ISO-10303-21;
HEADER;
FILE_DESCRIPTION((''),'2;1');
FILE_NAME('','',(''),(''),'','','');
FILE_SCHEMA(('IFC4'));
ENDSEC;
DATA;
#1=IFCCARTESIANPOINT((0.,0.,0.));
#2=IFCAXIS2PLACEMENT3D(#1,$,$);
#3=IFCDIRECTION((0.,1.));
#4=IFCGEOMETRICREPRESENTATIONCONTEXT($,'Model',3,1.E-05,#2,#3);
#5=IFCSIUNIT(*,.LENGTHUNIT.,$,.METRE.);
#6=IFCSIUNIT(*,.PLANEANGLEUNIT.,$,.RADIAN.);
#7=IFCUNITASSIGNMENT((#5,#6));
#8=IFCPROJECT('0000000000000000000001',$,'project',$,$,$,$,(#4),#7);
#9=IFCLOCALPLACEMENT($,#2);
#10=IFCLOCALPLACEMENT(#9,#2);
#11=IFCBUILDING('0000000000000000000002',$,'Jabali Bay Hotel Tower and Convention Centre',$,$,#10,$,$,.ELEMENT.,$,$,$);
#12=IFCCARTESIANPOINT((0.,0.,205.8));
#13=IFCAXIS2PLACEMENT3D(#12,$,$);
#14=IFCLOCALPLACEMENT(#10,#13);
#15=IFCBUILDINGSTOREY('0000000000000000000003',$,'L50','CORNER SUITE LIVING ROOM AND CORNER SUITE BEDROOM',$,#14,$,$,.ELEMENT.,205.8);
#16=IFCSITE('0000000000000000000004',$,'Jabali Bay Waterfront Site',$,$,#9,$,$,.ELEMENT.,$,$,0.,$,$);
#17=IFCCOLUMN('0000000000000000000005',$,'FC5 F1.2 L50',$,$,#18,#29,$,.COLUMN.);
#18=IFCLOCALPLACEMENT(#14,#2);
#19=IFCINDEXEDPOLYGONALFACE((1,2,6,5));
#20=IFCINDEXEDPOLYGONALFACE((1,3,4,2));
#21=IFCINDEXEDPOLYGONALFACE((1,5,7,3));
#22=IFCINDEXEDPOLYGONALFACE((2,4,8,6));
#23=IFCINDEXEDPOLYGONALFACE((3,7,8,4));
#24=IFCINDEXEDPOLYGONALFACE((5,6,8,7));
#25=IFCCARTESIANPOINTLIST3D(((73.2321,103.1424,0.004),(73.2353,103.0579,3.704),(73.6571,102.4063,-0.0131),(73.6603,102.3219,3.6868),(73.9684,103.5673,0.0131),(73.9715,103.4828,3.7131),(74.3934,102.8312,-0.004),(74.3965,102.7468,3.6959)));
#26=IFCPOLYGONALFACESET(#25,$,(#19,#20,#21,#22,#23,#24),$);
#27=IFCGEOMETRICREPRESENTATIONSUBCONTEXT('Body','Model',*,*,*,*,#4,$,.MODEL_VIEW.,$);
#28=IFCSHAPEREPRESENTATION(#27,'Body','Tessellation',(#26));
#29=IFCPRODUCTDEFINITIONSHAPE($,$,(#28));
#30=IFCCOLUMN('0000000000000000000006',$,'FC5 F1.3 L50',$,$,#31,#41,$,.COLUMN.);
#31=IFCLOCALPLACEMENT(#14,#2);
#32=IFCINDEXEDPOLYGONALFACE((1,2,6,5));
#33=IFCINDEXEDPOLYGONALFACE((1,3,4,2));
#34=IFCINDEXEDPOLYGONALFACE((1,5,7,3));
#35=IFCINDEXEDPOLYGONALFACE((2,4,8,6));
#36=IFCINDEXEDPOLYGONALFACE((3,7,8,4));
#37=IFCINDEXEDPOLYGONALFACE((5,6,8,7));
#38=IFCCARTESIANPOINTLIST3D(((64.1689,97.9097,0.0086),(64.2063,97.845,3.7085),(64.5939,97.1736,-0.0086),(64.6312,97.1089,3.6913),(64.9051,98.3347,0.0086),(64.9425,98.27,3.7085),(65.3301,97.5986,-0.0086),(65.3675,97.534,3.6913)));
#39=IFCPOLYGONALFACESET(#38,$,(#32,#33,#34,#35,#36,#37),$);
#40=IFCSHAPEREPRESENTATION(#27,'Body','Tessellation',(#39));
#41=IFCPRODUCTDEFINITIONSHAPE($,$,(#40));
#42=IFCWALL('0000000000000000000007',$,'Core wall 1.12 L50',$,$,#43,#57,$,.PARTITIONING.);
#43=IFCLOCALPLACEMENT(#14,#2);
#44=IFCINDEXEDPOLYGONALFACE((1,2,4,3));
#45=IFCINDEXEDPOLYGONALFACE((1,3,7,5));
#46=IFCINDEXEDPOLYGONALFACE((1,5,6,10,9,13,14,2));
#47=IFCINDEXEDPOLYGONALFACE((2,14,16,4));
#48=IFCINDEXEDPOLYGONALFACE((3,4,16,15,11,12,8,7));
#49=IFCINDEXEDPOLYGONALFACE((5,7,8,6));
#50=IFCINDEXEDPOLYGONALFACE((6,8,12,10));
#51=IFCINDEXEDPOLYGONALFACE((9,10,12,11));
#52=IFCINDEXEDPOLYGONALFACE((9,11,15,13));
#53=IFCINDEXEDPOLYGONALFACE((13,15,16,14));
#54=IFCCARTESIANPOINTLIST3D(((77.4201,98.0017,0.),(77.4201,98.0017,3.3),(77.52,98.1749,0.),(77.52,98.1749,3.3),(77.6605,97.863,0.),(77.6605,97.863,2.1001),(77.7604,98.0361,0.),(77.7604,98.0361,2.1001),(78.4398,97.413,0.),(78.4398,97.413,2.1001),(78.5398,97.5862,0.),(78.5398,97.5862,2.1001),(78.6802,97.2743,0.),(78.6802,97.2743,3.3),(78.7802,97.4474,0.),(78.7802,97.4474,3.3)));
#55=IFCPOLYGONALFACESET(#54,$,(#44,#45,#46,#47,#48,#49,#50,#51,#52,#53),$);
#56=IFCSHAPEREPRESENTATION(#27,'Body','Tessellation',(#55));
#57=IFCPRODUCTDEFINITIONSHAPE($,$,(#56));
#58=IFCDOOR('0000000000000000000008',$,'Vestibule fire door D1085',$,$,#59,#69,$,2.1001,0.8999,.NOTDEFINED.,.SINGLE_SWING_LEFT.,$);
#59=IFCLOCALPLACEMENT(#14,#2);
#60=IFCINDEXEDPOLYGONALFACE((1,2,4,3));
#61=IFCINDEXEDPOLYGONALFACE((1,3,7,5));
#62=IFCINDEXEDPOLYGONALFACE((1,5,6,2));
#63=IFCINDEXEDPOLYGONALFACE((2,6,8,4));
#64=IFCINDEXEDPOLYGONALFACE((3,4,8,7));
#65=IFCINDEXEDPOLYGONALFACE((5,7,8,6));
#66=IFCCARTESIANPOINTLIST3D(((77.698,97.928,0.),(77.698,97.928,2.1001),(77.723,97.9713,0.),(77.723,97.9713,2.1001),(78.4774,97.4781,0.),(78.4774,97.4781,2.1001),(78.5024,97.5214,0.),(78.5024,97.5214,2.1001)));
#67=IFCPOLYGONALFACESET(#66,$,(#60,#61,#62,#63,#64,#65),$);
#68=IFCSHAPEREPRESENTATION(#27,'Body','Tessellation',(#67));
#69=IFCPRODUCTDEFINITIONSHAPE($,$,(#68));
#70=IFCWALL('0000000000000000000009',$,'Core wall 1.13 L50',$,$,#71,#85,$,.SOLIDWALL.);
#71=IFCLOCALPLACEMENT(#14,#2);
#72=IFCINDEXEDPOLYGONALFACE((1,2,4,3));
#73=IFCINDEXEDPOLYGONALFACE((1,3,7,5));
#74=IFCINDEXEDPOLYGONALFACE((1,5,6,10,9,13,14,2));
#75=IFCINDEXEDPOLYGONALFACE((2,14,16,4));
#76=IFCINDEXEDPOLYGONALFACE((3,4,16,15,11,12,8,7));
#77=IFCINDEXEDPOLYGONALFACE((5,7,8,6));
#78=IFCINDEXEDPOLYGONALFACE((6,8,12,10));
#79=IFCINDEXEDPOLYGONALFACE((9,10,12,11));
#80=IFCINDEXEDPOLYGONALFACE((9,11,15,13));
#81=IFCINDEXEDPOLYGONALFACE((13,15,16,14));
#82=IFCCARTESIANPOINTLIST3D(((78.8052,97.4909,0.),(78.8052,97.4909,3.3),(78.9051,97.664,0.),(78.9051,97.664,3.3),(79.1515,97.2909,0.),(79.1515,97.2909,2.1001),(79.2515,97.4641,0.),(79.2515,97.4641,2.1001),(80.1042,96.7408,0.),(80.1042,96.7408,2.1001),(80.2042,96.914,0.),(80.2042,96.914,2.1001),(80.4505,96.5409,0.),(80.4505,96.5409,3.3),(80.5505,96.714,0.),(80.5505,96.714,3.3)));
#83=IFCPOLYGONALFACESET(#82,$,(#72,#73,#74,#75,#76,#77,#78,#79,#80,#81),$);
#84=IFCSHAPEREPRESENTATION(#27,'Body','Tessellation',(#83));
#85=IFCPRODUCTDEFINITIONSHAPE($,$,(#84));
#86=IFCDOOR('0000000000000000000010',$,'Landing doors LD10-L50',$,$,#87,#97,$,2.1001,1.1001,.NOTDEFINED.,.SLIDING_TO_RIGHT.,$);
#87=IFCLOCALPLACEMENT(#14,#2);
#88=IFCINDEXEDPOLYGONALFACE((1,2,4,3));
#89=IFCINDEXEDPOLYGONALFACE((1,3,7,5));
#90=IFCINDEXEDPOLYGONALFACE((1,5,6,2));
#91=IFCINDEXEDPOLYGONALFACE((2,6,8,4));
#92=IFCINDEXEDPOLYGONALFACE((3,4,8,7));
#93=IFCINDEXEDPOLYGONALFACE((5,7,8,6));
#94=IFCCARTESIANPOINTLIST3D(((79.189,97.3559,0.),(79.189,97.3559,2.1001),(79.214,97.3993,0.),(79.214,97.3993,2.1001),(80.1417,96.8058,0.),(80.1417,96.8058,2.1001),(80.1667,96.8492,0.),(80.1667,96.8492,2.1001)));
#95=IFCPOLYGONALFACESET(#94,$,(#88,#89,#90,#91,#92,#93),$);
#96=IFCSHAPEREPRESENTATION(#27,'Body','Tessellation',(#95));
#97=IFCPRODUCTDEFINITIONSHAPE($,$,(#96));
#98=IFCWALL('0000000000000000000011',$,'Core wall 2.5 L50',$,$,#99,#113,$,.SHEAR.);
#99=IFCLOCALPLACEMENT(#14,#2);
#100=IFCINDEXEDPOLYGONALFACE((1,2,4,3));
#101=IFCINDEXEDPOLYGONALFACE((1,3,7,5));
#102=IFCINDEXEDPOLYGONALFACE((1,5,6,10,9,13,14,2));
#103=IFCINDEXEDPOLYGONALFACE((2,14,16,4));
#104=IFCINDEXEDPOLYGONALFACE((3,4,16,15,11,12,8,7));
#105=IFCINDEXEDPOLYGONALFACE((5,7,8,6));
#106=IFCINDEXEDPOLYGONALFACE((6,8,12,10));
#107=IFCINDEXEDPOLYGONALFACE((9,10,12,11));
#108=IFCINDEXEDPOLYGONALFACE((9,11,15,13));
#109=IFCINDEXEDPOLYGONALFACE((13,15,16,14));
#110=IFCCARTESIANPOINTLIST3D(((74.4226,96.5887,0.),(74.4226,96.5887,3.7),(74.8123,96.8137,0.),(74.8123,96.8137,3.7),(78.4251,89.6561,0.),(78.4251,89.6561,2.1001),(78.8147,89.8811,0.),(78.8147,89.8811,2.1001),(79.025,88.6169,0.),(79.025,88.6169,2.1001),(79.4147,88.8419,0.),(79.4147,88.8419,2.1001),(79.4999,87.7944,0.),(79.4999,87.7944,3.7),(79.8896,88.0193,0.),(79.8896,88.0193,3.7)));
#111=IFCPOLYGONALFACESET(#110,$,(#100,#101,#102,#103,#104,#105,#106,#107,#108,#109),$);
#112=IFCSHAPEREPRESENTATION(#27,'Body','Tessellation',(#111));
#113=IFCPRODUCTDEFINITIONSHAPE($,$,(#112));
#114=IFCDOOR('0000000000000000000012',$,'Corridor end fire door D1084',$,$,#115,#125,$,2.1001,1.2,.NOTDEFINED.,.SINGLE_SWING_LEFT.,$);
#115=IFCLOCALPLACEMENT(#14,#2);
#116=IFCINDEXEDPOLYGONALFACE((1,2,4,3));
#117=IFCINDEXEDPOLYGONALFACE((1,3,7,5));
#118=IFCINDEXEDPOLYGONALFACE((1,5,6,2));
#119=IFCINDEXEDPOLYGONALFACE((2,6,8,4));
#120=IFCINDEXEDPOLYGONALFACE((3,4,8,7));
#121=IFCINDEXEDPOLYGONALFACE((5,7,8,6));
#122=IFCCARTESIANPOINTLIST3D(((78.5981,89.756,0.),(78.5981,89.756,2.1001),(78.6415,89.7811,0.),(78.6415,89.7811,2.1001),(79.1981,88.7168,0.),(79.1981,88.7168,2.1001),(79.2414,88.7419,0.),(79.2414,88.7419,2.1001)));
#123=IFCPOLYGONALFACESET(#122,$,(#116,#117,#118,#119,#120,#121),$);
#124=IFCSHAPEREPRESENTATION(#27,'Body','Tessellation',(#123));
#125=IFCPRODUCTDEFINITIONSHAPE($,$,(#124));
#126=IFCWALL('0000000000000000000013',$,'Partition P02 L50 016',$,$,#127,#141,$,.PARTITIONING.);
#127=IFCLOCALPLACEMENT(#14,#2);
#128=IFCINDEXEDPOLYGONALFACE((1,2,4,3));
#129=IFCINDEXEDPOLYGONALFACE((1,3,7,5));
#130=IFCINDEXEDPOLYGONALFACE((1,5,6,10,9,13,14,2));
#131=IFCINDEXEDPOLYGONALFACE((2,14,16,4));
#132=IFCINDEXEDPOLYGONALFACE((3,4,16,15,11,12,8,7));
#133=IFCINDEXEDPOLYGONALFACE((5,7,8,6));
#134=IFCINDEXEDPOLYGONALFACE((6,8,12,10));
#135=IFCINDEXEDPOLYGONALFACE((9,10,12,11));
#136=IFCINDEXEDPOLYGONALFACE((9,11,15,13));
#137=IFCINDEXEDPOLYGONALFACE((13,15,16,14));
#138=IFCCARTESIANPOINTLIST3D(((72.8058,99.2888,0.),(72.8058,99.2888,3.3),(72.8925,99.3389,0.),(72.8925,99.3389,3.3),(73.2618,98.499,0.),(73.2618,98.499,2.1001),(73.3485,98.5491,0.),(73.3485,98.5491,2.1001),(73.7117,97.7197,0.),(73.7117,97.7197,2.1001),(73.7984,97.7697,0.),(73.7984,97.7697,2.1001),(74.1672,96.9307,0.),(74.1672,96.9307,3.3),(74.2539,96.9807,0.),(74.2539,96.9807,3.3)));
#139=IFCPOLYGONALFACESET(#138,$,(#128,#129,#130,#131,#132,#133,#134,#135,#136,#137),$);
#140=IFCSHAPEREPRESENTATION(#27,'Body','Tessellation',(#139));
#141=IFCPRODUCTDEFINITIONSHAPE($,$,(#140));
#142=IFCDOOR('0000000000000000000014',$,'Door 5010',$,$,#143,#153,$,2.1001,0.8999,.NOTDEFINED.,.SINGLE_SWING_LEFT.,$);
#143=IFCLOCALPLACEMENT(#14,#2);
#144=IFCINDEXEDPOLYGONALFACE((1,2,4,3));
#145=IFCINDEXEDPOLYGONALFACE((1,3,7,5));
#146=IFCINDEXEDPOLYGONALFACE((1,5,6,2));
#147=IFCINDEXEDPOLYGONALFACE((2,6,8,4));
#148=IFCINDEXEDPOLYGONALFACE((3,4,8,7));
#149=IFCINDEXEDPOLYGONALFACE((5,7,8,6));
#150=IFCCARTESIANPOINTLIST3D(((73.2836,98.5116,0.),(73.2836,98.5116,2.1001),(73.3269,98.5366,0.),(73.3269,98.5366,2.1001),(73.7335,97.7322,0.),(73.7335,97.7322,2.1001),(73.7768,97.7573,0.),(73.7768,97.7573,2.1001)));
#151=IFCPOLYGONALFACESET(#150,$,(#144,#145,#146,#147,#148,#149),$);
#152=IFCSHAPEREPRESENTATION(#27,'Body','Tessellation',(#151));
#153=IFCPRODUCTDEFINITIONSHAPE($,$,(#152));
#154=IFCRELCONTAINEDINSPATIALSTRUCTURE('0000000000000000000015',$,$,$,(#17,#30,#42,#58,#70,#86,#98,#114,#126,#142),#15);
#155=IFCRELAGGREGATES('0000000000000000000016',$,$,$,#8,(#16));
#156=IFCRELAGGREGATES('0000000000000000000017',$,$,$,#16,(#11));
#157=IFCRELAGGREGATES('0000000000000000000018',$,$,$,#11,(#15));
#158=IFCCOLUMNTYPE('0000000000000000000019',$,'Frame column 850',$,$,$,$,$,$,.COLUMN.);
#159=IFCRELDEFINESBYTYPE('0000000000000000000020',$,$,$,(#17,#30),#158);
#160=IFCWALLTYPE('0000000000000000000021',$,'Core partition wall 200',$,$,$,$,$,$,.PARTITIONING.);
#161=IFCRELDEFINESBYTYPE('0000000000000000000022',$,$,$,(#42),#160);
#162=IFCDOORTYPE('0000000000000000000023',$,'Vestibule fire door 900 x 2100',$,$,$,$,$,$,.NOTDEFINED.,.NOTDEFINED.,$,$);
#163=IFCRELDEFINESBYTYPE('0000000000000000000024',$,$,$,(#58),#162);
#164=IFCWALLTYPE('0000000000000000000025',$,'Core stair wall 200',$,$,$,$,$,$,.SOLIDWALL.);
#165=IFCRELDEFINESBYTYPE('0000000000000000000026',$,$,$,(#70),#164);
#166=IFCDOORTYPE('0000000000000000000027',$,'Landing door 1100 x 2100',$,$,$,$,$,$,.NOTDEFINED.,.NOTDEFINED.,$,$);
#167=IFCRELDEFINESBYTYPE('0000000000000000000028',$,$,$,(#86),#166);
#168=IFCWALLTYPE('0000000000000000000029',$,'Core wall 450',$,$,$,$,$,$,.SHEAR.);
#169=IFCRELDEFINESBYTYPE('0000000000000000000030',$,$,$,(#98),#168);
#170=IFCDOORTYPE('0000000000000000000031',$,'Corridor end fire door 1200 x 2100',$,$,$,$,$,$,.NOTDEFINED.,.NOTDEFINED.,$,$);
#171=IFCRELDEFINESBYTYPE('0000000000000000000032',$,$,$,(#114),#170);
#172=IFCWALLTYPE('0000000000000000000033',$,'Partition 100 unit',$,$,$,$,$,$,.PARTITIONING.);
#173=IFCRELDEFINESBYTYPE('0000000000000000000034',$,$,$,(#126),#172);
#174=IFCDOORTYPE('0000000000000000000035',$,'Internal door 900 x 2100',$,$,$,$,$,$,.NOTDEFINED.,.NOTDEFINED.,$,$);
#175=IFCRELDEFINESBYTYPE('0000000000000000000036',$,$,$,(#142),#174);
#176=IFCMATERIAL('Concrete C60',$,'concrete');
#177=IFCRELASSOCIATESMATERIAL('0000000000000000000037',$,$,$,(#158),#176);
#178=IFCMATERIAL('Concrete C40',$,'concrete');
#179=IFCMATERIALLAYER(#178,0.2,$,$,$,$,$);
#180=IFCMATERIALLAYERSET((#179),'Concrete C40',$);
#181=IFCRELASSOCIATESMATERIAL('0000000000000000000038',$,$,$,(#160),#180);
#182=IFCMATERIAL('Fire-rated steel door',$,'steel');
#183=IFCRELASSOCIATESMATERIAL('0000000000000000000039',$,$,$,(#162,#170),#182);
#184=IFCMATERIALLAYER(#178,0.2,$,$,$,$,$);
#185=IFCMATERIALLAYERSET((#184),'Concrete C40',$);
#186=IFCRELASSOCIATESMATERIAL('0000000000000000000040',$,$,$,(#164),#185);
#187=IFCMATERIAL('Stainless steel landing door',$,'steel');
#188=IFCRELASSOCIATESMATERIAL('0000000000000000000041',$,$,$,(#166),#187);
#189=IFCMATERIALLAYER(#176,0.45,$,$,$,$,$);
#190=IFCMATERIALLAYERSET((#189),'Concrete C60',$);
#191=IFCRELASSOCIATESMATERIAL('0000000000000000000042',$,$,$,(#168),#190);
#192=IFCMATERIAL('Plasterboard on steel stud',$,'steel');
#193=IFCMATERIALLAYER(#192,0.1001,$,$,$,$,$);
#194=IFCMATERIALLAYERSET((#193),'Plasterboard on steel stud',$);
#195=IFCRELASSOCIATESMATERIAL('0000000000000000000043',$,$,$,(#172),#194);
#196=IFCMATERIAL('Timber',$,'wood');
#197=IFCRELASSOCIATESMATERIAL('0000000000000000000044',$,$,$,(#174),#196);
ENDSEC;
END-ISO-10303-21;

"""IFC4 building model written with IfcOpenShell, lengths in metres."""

from ifc_helpers import new_model, si_unit, direction, frame, frame_2d, origin, origin_2d, place, context, subcontext, project, spatial, rectangle, extrude, material, layer, layer_set, material_profile, profile_set, type_object, element, fill, save


model = new_model("IFC4")

# Units and contexts
model_context = context("Model", 3, precision=1e-05, world=origin(), true_north=direction((0.0, 1.0)))
body_context = subcontext(model_context, "Body", "Model", "MODEL_VIEW")
ifc_project = project(units=[si_unit("LENGTHUNIT", "METRE"), si_unit("PLANEANGLEUNIT", "RADIAN")], contexts=[model_context])

# Site, building, storey
site_placement = place(None, origin())
site = spatial("IfcSite", under=ifc_project, at=site_placement, Name="Jabali Bay Waterfront Site", CompositionType="ELEMENT", RefElevation=0.0)
building_placement = place(site_placement, origin())
building = spatial("IfcBuilding", under=site, at=building_placement, Name="Jabali Bay Hotel Tower and Convention Centre", CompositionType="ELEMENT")
storey_placement = place(building_placement, frame((0.0, 0.0, 205.8)))
storey = spatial("IfcBuildingStorey", under=building, at=storey_placement, Name="L50", Description="CORNER SUITE LIVING ROOM AND CORNER SUITE BEDROOM", CompositionType="ELEMENT", Elevation=205.8)

# Columns
ifc_material_1 = material(Name="Concrete C60", Category="concrete")
ifc_material_profile = material_profile(ifc_material_1, rectangle(XDim=0.8501, YDim=0.8501, at=origin_2d()), Name="Frame column 850")
ifc_profile_set = profile_set([ifc_material_profile], Name="Concrete C60")
column_type = type_object("IfcColumnType", Name="Frame column 850", PredefinedType="COLUMN", material=ifc_profile_set)
column_1_placement = place(storey_placement, frame((73.8127, 102.9868, 0.0), z_axis=(0.000858, -0.022825, 0.999739), x_axis=(0.86606, 0.499826, 0.010668)))
element("IfcColumn", 1, at=column_1_placement, inside=storey, type_object=column_type, Name="FC5 F1.2 L50", PredefinedType="COLUMN", context=body_context, shape_type="SweptSolid", body=[
    extrude(rectangle(XDim=0.8501, YDim=0.8501, at=origin_2d()), origin(), (0.0, 0.0, 1.0), 3.7009),
])
column_2_placement = place(storey_placement, frame((64.7495, 97.7542, 0.0), z_axis=(0.010094, -0.017482, 0.999796), x_axis=(-0.499903, 0.865846, 0.020187)))
element("IfcColumn", 2, at=column_2_placement, inside=storey, type_object=column_type, Name="FC5 F1.3 L50", PredefinedType="COLUMN", context=body_context, shape_type="SweptSolid", body=[
    extrude(rectangle(XDim=0.8501, YDim=0.8501, at=origin_2d()), origin(), (0.0, 0.0, 1.0), 3.7007),
])

# Walls, openings, doors
ifc_material_2 = material(Name="Concrete C40", Category="concrete")
ifc_layer_1 = layer(ifc_material_2, 0.2)
ifc_layer_set_1 = layer_set([ifc_layer_1], Name="Concrete C40")
wall_type_1 = type_object("IfcWallType", Name="Core partition wall 200", PredefinedType="PARTITIONING", material=ifc_layer_set_1)
wall_1_placement = place(storey_placement, frame((78.7302, 97.3608, 0.0), z_axis=(0.0, 0.0, 1.0), x_axis=(-0.866046, 0.499965, 0.0)))
wall_1 = element("IfcWall", 3, at=wall_1_placement, inside=storey, type_object=wall_type_1, Name="Core wall 1.12 L50", PredefinedType="PARTITIONING", context=body_context, shape_type="SweptSolid", body=[
    extrude(rectangle(XDim=1.4551, YDim=0.2, at=frame_2d((0.7275, 0.0))), origin(), (0.0, 0.0, 1.0), 3.3),
])
opening_1_placement = place(wall_1_placement, frame((0.2776, 0.0, 0.0)))
opening_1 = element("IfcOpeningElement", 4, at=opening_1_placement, cuts=wall_1, PredefinedType="OPENING", context=body_context, shape_type="SweptSolid", body=[
    extrude(rectangle(XDim=0.8999, YDim=2.1001, at=frame_2d((0.45, 1.05))), frame((0.0, 0.1104, 0.0), z_axis=(0.0, -1.0, 0.0), x_axis=(1.0, 0.0, 0.0)), (0.0, 0.0, 1.0), 0.2209),
])
ifc_material_3 = material(Name="Fire-rated steel door", Category="steel")
door_type_1 = type_object("IfcDoorType", Name="Vestibule fire door 900 x 2100", OperationType="NOTDEFINED", PredefinedType="NOTDEFINED", material=ifc_material_3)
door_1_placement = place(opening_1_placement, origin())
door_1 = element("IfcDoor", 5, at=door_1_placement, inside=storey, type_object=door_type_1, Name="Vestibule fire door D1085", OperationType="SINGLE_SWING_LEFT", OverallHeight=2.1001, OverallWidth=0.8999, PredefinedType="NOTDEFINED", context=body_context, shape_type="SweptSolid", body=[
    extrude(rectangle(XDim=0.8999, YDim=2.1001, at=frame_2d((0.45, 1.05))), frame((0.0, 0.0249, 0.0), z_axis=(0.0, -1.0, 0.0), x_axis=(1.0, 0.0, 0.0)), (0.0, 0.0, 1.0), 0.05),
])
fill(opening_1, door_1)
ifc_layer_2 = layer(ifc_material_2, 0.2)
ifc_layer_set_2 = layer_set([ifc_layer_2], Name="Concrete C40")
wall_type_2 = type_object("IfcWallType", Name="Core stair wall 200", PredefinedType="SOLIDWALL", material=ifc_layer_set_2)
wall_2_placement = place(storey_placement, frame((80.5005, 96.6274, 0.0), z_axis=(0.0, 0.0, 1.0), x_axis=(-0.866012, 0.500023, 0.0)))
wall_2 = element("IfcWall", 6, at=wall_2_placement, inside=storey, type_object=wall_type_2, Name="Core wall 1.13 L50", PredefinedType="SOLIDWALL", context=body_context, shape_type="SweptSolid", body=[
    extrude(rectangle(XDim=1.8999, YDim=0.2, at=frame_2d((0.95, 0.0))), origin(), (0.0, 0.0, 1.0), 3.3),
])
opening_2_placement = place(wall_2_placement, frame((0.3999, 0.0, 0.0)))
opening_2 = element("IfcOpeningElement", 7, at=opening_2_placement, cuts=wall_2, PredefinedType="OPENING", context=body_context, shape_type="SweptSolid", body=[
    extrude(rectangle(XDim=1.1001, YDim=2.1001, at=frame_2d((0.55, 1.05))), frame((0.0, 0.1104, 0.0), z_axis=(0.0, -1.0, 0.0), x_axis=(1.0, 0.0, 0.0)), (0.0, 0.0, 1.0), 0.2209),
])
ifc_material_4 = material(Name="Stainless steel landing door", Category="steel")
door_type_2 = type_object("IfcDoorType", Name="Landing door 1100 x 2100", OperationType="NOTDEFINED", PredefinedType="NOTDEFINED", material=ifc_material_4)
door_2_placement = place(opening_2_placement, origin())
door_2 = element("IfcDoor", 8, at=door_2_placement, inside=storey, type_object=door_type_2, Name="Landing doors LD10-L50", OperationType="SLIDING_TO_RIGHT", OverallHeight=2.1001, OverallWidth=1.1001, PredefinedType="NOTDEFINED", context=body_context, shape_type="SweptSolid", body=[
    extrude(rectangle(XDim=1.1001, YDim=2.1001, at=frame_2d((0.55, 1.05))), frame((0.0, 0.0249, 0.0), z_axis=(0.0, -1.0, 0.0), x_axis=(1.0, 0.0, 0.0)), (0.0, 0.0, 1.0), 0.05),
])
fill(opening_2, door_2)
ifc_layer_3 = layer(ifc_material_1, 0.45)
ifc_layer_set_3 = layer_set([ifc_layer_3], Name="Concrete C60")
wall_type_3 = type_object("IfcWallType", Name="Core wall 450", PredefinedType="SHEAR", material=ifc_layer_set_3)
wall_3_placement = place(storey_placement, frame((74.6174, 96.7012, 0.0), z_axis=(0.0, 0.0, 1.0), x_axis=(0.499994, -0.866029, 0.0)))
wall_3 = element("IfcWall", 9, at=wall_3_placement, inside=storey, type_object=wall_type_3, Name="Core wall 2.5 L50", PredefinedType="SHEAR", context=body_context, shape_type="SweptSolid", body=[
    extrude(rectangle(XDim=10.1548, YDim=0.45, at=frame_2d((5.0774, 0.0))), origin(), (0.0, 0.0, 1.0), 3.7),
])
opening_3_placement = place(wall_3_placement, frame((8.0049, 0.0, 0.0)))
opening_3 = element("IfcOpeningElement", 10, at=opening_3_placement, cuts=wall_3, PredefinedType="OPENING", context=body_context, shape_type="SweptSolid", body=[
    extrude(rectangle(XDim=1.2, YDim=2.1001, at=frame_2d((0.6001, 1.05))), frame((0.0, 0.2354, 0.0), z_axis=(0.0, -1.0, 0.0), x_axis=(1.0, 0.0, 0.0)), (0.0, 0.0, 1.0), 0.4709),
])
door_type_3 = type_object("IfcDoorType", Name="Corridor end fire door 1200 x 2100", OperationType="NOTDEFINED", PredefinedType="NOTDEFINED", material=ifc_material_3)
door_3_placement = place(opening_3_placement, origin())
door_3 = element("IfcDoor", 11, at=door_3_placement, inside=storey, type_object=door_type_3, Name="Corridor end fire door D1084", OperationType="SINGLE_SWING_LEFT", OverallHeight=2.1001, OverallWidth=1.2, PredefinedType="NOTDEFINED", context=body_context, shape_type="SweptSolid", body=[
    extrude(rectangle(XDim=1.2, YDim=2.1001, at=frame_2d((0.6001, 1.05))), frame((0.0, 0.0249, 0.0), z_axis=(0.0, -1.0, 0.0), x_axis=(1.0, 0.0, 0.0)), (0.0, 0.0, 1.0), 0.05),
])
fill(opening_3, door_3)
ifc_material_5 = material(Name="Plasterboard on steel stud", Category="steel")
ifc_layer_4 = layer(ifc_material_5, 0.1001)
ifc_layer_set_4 = layer_set([ifc_layer_4], Name="Plasterboard on steel stud")
wall_type_4 = type_object("IfcWallType", Name="Partition 100 unit", PredefinedType="PARTITIONING", material=ifc_layer_set_4)
wall_4_placement = place(storey_placement, frame((74.2104, 96.9558, 0.0), z_axis=(0.0, 0.0, 1.0), x_axis=(-0.499958, 0.86605, 0.0)))
wall_4 = element("IfcWall", 12, at=wall_4_placement, inside=storey, type_object=wall_type_4, Name="Partition P02 L50 016", PredefinedType="PARTITIONING", context=body_context, shape_type="SweptSolid", body=[
    extrude(rectangle(XDim=2.7229, YDim=0.1001, at=frame_2d((1.3613, 0.0))), origin(), (0.0, 0.0, 1.0), 3.3),
])
opening_4_placement = place(wall_4_placement, frame((0.9109, 0.0, 0.0)))
opening_4 = element("IfcOpeningElement", 13, at=opening_4_placement, cuts=wall_4, PredefinedType="OPENING", context=body_context, shape_type="SweptSolid", body=[
    extrude(rectangle(XDim=0.8999, YDim=2.1001, at=frame_2d((0.45, 1.05))), frame((0.0, 0.0605, 0.0), z_axis=(0.0, -1.0, 0.0), x_axis=(1.0, 0.0, 0.0)), (0.0, 0.0, 1.0), 0.1211),
])
ifc_material_6 = material(Name="Timber", Category="wood")
door_type_4 = type_object("IfcDoorType", Name="Internal door 900 x 2100", OperationType="NOTDEFINED", PredefinedType="NOTDEFINED", material=ifc_material_6)
door_4_placement = place(opening_4_placement, origin())
door_4 = element("IfcDoor", 14, at=door_4_placement, inside=storey, type_object=door_type_4, Name="Door 5010", OperationType="SINGLE_SWING_LEFT", OverallHeight=2.1001, OverallWidth=0.8999, PredefinedType="NOTDEFINED", context=body_context, shape_type="SweptSolid", body=[
    extrude(rectangle(XDim=0.8999, YDim=2.1001, at=frame_2d((0.45, 1.05))), frame((0.0, 0.0249, 0.0), z_axis=(0.0, -1.0, 0.0), x_axis=(1.0, 0.0, 0.0)), (0.0, 0.0, 1.0), 0.05),
])
fill(opening_4, door_4)

save(model, "model.ifc")
